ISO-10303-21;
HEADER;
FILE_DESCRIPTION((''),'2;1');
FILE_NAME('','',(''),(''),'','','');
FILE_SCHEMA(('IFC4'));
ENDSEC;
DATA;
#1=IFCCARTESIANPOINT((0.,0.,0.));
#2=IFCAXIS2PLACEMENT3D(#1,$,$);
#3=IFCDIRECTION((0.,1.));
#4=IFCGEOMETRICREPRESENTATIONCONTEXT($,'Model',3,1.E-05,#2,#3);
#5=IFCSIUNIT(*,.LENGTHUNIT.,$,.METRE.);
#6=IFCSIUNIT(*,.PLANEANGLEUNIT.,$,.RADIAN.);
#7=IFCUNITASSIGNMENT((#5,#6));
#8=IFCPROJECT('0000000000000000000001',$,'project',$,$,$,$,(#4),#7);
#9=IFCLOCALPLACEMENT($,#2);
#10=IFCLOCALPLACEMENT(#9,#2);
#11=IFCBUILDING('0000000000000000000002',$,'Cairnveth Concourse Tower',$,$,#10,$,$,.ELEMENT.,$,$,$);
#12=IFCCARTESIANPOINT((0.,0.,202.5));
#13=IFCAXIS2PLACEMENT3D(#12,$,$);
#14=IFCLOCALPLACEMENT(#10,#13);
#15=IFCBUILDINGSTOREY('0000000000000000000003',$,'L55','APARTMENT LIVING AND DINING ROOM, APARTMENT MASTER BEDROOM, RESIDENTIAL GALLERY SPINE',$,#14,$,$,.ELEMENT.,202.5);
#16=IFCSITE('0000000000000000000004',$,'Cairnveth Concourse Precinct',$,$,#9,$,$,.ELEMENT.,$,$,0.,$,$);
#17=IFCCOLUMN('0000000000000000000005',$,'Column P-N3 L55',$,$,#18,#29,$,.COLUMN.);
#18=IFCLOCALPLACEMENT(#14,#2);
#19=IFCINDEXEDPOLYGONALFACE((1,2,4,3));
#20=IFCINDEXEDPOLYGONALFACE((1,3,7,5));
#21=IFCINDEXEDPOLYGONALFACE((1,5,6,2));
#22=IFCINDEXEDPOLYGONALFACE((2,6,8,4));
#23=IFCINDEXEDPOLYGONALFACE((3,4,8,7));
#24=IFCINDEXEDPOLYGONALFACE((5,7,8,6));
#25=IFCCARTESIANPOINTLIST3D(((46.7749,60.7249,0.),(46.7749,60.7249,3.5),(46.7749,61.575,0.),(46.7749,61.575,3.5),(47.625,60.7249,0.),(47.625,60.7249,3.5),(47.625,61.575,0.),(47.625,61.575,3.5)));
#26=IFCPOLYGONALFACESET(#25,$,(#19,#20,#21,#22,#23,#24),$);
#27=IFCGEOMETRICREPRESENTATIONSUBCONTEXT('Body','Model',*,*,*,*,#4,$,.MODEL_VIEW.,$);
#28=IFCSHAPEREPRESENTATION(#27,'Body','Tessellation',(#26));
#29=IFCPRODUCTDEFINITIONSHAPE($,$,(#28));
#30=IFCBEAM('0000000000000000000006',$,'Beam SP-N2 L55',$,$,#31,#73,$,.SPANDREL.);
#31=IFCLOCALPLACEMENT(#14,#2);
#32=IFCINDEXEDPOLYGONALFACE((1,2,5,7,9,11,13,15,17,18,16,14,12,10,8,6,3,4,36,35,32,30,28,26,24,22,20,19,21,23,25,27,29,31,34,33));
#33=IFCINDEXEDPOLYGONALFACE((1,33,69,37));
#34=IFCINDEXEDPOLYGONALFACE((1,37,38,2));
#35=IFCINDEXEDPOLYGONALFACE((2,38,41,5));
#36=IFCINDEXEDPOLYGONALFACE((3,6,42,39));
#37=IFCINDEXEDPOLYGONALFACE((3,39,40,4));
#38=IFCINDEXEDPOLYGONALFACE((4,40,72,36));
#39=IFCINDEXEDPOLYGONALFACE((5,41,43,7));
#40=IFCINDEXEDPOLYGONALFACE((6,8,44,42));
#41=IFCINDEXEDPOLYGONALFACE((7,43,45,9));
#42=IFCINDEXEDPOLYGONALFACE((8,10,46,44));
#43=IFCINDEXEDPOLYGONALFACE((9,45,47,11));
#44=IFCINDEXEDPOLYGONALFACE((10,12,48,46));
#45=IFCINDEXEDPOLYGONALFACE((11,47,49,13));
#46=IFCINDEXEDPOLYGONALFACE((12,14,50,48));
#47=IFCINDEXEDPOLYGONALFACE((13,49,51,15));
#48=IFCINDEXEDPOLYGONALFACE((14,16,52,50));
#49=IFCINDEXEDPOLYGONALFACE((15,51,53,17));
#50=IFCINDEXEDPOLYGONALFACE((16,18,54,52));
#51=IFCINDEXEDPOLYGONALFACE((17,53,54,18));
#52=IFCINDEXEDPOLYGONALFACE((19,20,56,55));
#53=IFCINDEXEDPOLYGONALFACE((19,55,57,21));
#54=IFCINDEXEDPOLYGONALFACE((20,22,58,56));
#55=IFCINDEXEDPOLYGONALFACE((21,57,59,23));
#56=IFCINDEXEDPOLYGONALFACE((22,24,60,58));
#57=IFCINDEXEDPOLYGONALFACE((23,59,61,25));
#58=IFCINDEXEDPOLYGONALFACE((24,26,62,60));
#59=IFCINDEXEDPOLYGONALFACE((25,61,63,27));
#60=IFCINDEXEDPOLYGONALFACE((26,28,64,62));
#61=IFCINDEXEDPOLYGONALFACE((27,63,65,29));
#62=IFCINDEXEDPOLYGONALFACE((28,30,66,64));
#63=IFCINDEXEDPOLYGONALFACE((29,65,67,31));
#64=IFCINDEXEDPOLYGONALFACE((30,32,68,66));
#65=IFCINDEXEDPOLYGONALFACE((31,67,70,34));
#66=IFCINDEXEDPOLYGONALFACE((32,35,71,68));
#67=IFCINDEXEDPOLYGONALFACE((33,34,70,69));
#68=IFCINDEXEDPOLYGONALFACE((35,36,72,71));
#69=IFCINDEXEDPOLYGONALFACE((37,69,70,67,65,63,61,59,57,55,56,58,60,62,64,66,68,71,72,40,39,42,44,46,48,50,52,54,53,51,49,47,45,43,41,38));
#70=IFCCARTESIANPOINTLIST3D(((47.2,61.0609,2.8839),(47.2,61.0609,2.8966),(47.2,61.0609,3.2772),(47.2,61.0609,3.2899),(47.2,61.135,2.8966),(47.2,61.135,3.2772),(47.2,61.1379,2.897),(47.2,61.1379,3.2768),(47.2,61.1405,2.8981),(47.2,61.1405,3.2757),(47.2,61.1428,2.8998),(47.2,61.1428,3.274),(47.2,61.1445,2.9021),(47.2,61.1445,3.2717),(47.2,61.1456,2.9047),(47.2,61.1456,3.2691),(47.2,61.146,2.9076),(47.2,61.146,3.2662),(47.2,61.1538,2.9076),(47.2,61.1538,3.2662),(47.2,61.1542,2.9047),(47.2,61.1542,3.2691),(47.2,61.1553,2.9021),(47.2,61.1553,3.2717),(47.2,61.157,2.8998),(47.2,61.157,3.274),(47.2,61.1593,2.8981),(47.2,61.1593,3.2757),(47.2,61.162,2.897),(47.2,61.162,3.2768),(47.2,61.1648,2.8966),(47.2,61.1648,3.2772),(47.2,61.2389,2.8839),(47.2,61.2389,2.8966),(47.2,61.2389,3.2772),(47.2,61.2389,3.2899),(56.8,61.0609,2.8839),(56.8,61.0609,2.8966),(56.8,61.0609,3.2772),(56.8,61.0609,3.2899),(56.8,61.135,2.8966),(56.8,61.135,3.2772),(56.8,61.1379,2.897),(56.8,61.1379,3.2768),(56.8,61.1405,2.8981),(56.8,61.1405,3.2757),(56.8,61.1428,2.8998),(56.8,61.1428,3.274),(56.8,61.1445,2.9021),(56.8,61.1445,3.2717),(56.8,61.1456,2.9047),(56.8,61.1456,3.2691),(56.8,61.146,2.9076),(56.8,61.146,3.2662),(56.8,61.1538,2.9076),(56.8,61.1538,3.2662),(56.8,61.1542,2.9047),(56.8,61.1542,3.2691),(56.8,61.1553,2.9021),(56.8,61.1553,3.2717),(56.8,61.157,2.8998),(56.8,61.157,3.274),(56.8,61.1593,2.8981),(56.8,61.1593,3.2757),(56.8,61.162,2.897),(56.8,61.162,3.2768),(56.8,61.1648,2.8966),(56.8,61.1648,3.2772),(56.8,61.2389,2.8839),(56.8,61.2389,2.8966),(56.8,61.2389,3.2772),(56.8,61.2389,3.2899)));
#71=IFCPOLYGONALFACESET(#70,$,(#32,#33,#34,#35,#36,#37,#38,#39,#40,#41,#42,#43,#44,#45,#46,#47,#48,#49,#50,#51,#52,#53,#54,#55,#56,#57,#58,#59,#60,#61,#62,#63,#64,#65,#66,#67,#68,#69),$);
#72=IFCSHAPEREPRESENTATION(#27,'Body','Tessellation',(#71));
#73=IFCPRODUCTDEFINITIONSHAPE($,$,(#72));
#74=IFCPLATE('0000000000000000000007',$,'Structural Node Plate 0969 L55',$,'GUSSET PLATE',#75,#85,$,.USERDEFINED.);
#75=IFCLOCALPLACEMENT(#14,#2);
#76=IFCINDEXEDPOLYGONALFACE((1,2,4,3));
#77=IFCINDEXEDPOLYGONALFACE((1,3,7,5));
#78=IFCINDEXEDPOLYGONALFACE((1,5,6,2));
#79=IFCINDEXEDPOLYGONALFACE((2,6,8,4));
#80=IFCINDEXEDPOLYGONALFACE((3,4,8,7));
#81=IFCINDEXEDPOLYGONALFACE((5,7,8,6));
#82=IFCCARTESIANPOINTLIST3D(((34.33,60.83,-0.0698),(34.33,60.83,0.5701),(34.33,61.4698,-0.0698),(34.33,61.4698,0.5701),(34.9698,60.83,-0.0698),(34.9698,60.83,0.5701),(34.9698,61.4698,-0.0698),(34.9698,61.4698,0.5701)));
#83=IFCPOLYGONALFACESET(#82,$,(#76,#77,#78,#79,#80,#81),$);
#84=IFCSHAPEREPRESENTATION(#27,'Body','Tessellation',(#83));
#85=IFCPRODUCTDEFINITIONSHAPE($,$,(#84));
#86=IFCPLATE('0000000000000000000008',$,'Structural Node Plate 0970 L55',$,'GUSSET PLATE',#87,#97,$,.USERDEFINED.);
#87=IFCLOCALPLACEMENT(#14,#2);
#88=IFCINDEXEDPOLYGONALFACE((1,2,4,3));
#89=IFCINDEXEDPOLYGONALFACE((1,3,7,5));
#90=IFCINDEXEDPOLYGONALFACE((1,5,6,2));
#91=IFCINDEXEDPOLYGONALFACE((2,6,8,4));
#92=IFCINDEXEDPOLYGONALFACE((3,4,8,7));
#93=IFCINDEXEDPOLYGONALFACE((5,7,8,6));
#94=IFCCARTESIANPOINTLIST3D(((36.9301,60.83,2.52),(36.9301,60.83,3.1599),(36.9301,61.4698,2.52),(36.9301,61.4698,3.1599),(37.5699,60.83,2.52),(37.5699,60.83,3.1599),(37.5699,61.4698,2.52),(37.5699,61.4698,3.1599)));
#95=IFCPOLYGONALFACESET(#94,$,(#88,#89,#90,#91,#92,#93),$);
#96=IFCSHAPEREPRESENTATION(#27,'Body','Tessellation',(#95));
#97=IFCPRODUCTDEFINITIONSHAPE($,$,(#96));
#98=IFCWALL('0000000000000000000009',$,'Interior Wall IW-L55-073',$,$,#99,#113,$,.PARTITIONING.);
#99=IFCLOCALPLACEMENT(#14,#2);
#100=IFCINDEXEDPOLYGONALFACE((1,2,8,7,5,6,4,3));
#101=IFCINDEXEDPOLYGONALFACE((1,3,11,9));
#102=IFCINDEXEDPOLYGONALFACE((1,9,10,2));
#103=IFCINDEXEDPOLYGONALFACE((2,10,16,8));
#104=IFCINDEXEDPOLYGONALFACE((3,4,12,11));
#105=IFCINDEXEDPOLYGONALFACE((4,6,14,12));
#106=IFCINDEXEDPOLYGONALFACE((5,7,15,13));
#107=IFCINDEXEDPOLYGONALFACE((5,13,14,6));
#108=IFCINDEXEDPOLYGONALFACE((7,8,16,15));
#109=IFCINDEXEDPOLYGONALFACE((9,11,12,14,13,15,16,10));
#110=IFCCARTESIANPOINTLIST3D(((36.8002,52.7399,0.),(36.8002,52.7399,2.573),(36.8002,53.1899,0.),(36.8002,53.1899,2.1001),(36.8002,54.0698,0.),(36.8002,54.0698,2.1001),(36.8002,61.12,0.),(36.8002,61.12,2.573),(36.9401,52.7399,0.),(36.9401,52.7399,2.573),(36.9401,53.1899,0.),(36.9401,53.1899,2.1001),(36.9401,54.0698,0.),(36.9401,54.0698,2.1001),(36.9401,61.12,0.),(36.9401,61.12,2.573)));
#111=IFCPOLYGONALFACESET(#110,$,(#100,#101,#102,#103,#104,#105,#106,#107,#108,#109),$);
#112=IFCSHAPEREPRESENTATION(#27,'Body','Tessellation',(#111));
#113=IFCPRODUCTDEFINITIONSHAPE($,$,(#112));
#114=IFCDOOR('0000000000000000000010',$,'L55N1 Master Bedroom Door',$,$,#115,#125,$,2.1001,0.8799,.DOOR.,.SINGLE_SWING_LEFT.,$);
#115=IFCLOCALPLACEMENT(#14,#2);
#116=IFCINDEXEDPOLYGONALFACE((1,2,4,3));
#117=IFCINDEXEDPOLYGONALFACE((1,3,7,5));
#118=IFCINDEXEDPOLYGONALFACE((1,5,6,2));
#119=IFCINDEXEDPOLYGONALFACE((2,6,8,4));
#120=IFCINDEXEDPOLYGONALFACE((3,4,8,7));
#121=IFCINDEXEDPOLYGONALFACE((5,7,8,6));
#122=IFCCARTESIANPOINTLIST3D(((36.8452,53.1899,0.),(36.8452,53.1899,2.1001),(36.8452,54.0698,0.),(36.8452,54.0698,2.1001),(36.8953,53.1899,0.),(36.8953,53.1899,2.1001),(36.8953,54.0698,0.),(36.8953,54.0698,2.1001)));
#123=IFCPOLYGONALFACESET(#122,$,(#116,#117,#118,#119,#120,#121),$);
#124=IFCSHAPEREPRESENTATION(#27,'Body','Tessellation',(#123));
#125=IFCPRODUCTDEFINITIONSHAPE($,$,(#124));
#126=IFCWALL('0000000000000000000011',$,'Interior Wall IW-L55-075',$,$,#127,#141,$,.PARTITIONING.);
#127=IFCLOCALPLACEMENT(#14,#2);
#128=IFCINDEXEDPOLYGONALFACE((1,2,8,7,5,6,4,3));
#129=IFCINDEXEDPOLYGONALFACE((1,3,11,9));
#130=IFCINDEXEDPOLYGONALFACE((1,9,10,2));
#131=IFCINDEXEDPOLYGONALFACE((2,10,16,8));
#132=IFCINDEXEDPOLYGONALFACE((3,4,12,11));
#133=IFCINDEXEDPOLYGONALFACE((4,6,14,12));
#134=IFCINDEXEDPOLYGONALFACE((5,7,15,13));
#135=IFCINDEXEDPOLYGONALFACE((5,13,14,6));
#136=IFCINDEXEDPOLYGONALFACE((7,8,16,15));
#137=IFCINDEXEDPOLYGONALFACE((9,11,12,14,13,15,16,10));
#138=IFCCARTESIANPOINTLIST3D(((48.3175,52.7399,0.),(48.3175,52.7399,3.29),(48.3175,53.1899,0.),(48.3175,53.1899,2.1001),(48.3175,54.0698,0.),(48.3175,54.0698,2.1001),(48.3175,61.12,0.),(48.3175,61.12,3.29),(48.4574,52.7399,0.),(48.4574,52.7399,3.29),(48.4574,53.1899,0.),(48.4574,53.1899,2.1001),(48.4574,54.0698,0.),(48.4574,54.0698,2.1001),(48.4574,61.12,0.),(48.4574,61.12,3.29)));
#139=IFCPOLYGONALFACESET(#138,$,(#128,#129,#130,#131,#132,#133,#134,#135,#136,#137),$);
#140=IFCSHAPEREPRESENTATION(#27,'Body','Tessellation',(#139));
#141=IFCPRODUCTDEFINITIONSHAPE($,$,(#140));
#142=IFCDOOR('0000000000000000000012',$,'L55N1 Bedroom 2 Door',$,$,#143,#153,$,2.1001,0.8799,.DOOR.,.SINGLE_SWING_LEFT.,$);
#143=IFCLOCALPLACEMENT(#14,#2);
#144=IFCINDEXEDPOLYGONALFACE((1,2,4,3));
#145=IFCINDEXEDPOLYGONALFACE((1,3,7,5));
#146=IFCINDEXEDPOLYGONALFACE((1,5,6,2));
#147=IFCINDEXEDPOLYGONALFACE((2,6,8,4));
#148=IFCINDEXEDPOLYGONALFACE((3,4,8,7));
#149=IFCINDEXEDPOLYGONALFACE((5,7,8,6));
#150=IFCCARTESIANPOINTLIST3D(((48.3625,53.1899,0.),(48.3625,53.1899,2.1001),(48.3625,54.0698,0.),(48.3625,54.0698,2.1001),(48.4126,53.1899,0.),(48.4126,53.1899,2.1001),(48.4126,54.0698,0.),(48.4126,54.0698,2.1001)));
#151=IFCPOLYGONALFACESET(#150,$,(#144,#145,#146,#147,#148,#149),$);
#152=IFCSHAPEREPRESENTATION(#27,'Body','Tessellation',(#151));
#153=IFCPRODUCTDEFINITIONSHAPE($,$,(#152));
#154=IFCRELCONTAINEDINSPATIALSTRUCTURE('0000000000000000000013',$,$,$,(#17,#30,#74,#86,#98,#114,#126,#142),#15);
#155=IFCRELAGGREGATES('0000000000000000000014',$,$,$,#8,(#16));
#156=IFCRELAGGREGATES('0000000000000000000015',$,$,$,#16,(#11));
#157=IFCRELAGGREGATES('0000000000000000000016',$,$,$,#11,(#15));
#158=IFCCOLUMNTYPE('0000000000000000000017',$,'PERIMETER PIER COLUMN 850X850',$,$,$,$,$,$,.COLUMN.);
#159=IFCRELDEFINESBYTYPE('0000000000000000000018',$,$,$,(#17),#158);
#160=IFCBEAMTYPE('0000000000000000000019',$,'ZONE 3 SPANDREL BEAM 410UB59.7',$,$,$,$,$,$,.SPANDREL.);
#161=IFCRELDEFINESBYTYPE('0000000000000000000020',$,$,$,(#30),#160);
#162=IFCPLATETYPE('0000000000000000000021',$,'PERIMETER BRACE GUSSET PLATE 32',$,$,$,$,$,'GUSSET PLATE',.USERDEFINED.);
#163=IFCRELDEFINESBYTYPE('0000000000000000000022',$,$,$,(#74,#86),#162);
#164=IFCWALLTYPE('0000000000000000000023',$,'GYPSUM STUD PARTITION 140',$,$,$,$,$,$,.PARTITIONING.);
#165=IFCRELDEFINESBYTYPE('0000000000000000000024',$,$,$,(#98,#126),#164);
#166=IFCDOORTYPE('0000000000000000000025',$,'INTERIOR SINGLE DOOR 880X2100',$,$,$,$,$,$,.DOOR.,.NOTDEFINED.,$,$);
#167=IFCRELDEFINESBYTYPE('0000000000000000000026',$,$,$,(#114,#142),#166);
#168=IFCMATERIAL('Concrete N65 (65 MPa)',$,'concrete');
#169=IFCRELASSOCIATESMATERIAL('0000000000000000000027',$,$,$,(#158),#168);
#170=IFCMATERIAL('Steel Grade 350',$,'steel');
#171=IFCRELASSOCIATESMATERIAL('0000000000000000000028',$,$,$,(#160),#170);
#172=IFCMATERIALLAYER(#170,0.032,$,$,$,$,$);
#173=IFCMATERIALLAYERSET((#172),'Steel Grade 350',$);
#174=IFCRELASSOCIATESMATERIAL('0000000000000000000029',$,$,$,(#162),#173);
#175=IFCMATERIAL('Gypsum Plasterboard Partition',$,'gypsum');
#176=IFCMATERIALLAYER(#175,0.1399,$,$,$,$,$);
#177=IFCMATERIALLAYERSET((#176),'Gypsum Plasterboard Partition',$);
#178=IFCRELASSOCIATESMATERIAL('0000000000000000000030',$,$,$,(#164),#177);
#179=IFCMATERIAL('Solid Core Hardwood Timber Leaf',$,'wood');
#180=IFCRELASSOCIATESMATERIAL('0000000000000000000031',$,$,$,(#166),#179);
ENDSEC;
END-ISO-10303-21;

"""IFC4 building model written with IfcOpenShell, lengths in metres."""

from ifc_helpers import new_model, si_unit, direction, frame, frame_2d, origin, origin_2d, place, context, subcontext, project, spatial, rectangle, i_section, extrude, material, layer, layer_set, material_profile, profile_set, type_object, element, fill, save


model = new_model("IFC4")

# Units and contexts
model_context = context("Model", 3, precision=1e-05, world=origin(), true_north=direction((0.0, 1.0)))
body_context = subcontext(model_context, "Body", "Model", "MODEL_VIEW")
ifc_project = project(units=[si_unit("LENGTHUNIT", "METRE"), si_unit("PLANEANGLEUNIT", "RADIAN")], contexts=[model_context])

# Site, building, storey
site_placement = place(None, origin())
site = spatial("IfcSite", under=ifc_project, at=site_placement, Name="Cairnveth Concourse Precinct", CompositionType="ELEMENT", RefElevation=0.0)
building_placement = place(site_placement, origin())
building = spatial("IfcBuilding", under=site, at=building_placement, Name="Cairnveth Concourse Tower", CompositionType="ELEMENT")
storey_placement = place(building_placement, frame((0.0, 0.0, 202.5)))
storey = spatial("IfcBuildingStorey", under=building, at=storey_placement, Name="L55", Description="APARTMENT LIVING AND DINING ROOM, APARTMENT MASTER BEDROOM, RESIDENTIAL GALLERY SPINE", CompositionType="ELEMENT", Elevation=202.5)

# Column
ifc_material_1 = material(Name="Concrete N65 (65 MPa)", Category="concrete")
ifc_material_profile_1 = material_profile(ifc_material_1, rectangle(XDim=0.8501, YDim=0.8501, at=origin_2d()), Name="RC-COL-850x850")
ifc_profile_set_1 = profile_set([ifc_material_profile_1], Name="Concrete N65 (65 MPa)")
column_type = type_object("IfcColumnType", Name="PERIMETER PIER COLUMN 850X850", PredefinedType="COLUMN", material=ifc_profile_set_1)
column_placement = place(storey_placement, frame((47.2, 61.1499, 0.0), z_axis=(0.0, 0.0, 1.0), x_axis=(1.0, 0.0, 0.0)))
element("IfcColumn", 1, at=column_placement, inside=storey, type_object=column_type, Name="Column P-N3 L55", PredefinedType="COLUMN", context=body_context, shape_type="SweptSolid", body=[
    extrude(rectangle(XDim=0.8501, YDim=0.8501, at=origin_2d()), origin(), (0.0, 0.0, 1.0), 3.5),
])

# Beam
ifc_material_2 = material(Name="Steel Grade 350", Category="steel")
ifc_material_profile_2 = material_profile(ifc_material_2, i_section(OverallWidth=0.178, OverallDepth=0.406, WebThickness=0.0078, FlangeThickness=0.0127, FilletRadius=0.011, at=origin_2d()), Name="410UB59.7")
ifc_profile_set_2 = profile_set([ifc_material_profile_2], Name="Steel Grade 350")
beam_type = type_object("IfcBeamType", Name="ZONE 3 SPANDREL BEAM 410UB59.7", PredefinedType="SPANDREL", material=ifc_profile_set_2)
beam_placement = place(storey_placement, frame((47.2, 61.1499, 3.0869), z_axis=(1.0, 0.0, 0.0), x_axis=(0.0, 1.0, 0.0)))
element("IfcBeam", 2, at=beam_placement, inside=storey, type_object=beam_type, Name="Beam SP-N2 L55", PredefinedType="SPANDREL", context=body_context, shape_type="SweptSolid", body=[
    extrude(i_section(OverallWidth=0.178, OverallDepth=0.406, WebThickness=0.0078, FlangeThickness=0.0127, FilletRadius=0.011, at=origin_2d()), origin(), (0.0, 0.0, 1.0), 9.6001),
])

# Plates
ifc_layer_1 = layer(ifc_material_2, 0.032)
ifc_layer_set_1 = layer_set([ifc_layer_1], Name="Steel Grade 350")
plate_type = type_object("IfcPlateType", Name="PERIMETER BRACE GUSSET PLATE 32", ElementType="GUSSET PLATE", PredefinedType="USERDEFINED", material=ifc_layer_set_1)
for number, where, z_axis, x_axis, name in (
    (3, (34.6499, 61.1499, -0.0698), (0.0, 0.0, 1.0), (1.0, 0.0, 0.0), "Structural Node Plate 0969 L55"),
    (4, (37.25, 61.1499, 2.52), (0.0, 0.0, 1.0), (1.0, 0.0, 0.0), "Structural Node Plate 0970 L55"),
):
    element("IfcPlate", number, at=place(storey_placement, frame(where, z_axis=z_axis, x_axis=x_axis)), inside=storey, type_object=plate_type, Name=name, ObjectType="GUSSET PLATE", PredefinedType="USERDEFINED", context=body_context, shape_type="SweptSolid", body=[
        extrude(rectangle(XDim=0.6399, YDim=0.6399, at=origin_2d()), origin(), (0.0, 0.0, 1.0), 0.6399),
    ])

# Walls, openings, doors
ifc_material_3 = material(Name="Gypsum Plasterboard Partition", Category="gypsum")
ifc_layer_2 = layer(ifc_material_3, 0.1399)
ifc_layer_set_2 = layer_set([ifc_layer_2], Name="Gypsum Plasterboard Partition")
wall_type_1 = type_object("IfcWallType", Name="GYPSUM STUD PARTITION 140", PredefinedType="PARTITIONING", material=ifc_layer_set_2)
wall_1_placement = place(storey_placement, frame((36.8701, 52.74, 0.0), z_axis=(0.0, 0.0, 1.0), x_axis=(0.0, 1.0, 0.0)))
wall_1 = element("IfcWall", 5, at=wall_1_placement, inside=storey, type_object=wall_type_1, Name="Interior Wall IW-L55-073", PredefinedType="PARTITIONING", context=body_context, shape_type="SweptSolid", body=[
    extrude(rectangle(XDim=8.3801, YDim=0.1399, at=frame_2d((4.1899, 0.0))), origin(), (0.0, 0.0, 1.0), 2.573),
])
opening_1_placement = place(wall_1_placement, frame((0.45, 0.0, 0.0)))
opening_1 = element("IfcOpeningElement", 6, at=opening_1_placement, cuts=wall_1, PredefinedType="OPENING", context=body_context, shape_type="SweptSolid", body=[
    extrude(rectangle(XDim=0.8799, YDim=2.1001, at=frame_2d((0.4399, 1.05))), frame((0.0, 0.0798, 0.0), z_axis=(0.0, -1.0, 0.0), x_axis=(1.0, 0.0, 0.0)), (0.0, 0.0, 1.0), 0.1599),
])
ifc_material_4 = material(Name="Solid Core Hardwood Timber Leaf", Category="wood")
door_type_1 = type_object("IfcDoorType", Name="INTERIOR SINGLE DOOR 880X2100", OperationType="NOTDEFINED", PredefinedType="DOOR", material=ifc_material_4)
door_1_placement = place(opening_1_placement, origin())
door_1 = element("IfcDoor", 7, at=door_1_placement, inside=storey, type_object=door_type_1, Name="L55N1 Master Bedroom Door", OperationType="SINGLE_SWING_LEFT", OverallHeight=2.1001, OverallWidth=0.8799, PredefinedType="DOOR", context=body_context, shape_type="SweptSolid", body=[
    extrude(rectangle(XDim=0.8799, YDim=2.1001, at=frame_2d((0.4399, 1.05))), frame((0.0, 0.0249, 0.0), z_axis=(0.0, -1.0, 0.0), x_axis=(1.0, 0.0, 0.0)), (0.0, 0.0, 1.0), 0.05),
])
fill(opening_1, door_1)
wall_2_placement = place(storey_placement, frame((48.3875, 52.74, 0.0), z_axis=(0.0, 0.0, 1.0), x_axis=(0.0, 1.0, 0.0)))
wall_2 = element("IfcWall", 8, at=wall_2_placement, inside=storey, type_object=wall_type_1, Name="Interior Wall IW-L55-075", PredefinedType="PARTITIONING", context=body_context, shape_type="SweptSolid", body=[
    extrude(rectangle(XDim=8.3801, YDim=0.1399, at=frame_2d((4.1899, 0.0))), origin(), (0.0, 0.0, 1.0), 3.29),
])
opening_2_placement = place(wall_2_placement, frame((0.45, 0.0, 0.0)))
opening_2 = element("IfcOpeningElement", 9, at=opening_2_placement, cuts=wall_2, PredefinedType="OPENING", context=body_context, shape_type="SweptSolid", body=[
    extrude(rectangle(XDim=0.8799, YDim=2.1001, at=frame_2d((0.4399, 1.05))), frame((0.0, 0.0798, 0.0), z_axis=(0.0, -1.0, 0.0), x_axis=(1.0, 0.0, 0.0)), (0.0, 0.0, 1.0), 0.1599),
])
door_2_placement = place(opening_2_placement, origin())
door_2 = element("IfcDoor", 10, at=door_2_placement, inside=storey, type_object=door_type_1, Name="L55N1 Bedroom 2 Door", OperationType="SINGLE_SWING_LEFT", OverallHeight=2.1001, OverallWidth=0.8799, PredefinedType="DOOR", context=body_context, shape_type="SweptSolid", body=[
    extrude(rectangle(XDim=0.8799, YDim=2.1001, at=frame_2d((0.4399, 1.05))), frame((0.0, 0.0249, 0.0), z_axis=(0.0, -1.0, 0.0), x_axis=(1.0, 0.0, 0.0)), (0.0, 0.0, 1.0), 0.05),
])
fill(opening_2, door_2)

save(model, "model.ifc")
